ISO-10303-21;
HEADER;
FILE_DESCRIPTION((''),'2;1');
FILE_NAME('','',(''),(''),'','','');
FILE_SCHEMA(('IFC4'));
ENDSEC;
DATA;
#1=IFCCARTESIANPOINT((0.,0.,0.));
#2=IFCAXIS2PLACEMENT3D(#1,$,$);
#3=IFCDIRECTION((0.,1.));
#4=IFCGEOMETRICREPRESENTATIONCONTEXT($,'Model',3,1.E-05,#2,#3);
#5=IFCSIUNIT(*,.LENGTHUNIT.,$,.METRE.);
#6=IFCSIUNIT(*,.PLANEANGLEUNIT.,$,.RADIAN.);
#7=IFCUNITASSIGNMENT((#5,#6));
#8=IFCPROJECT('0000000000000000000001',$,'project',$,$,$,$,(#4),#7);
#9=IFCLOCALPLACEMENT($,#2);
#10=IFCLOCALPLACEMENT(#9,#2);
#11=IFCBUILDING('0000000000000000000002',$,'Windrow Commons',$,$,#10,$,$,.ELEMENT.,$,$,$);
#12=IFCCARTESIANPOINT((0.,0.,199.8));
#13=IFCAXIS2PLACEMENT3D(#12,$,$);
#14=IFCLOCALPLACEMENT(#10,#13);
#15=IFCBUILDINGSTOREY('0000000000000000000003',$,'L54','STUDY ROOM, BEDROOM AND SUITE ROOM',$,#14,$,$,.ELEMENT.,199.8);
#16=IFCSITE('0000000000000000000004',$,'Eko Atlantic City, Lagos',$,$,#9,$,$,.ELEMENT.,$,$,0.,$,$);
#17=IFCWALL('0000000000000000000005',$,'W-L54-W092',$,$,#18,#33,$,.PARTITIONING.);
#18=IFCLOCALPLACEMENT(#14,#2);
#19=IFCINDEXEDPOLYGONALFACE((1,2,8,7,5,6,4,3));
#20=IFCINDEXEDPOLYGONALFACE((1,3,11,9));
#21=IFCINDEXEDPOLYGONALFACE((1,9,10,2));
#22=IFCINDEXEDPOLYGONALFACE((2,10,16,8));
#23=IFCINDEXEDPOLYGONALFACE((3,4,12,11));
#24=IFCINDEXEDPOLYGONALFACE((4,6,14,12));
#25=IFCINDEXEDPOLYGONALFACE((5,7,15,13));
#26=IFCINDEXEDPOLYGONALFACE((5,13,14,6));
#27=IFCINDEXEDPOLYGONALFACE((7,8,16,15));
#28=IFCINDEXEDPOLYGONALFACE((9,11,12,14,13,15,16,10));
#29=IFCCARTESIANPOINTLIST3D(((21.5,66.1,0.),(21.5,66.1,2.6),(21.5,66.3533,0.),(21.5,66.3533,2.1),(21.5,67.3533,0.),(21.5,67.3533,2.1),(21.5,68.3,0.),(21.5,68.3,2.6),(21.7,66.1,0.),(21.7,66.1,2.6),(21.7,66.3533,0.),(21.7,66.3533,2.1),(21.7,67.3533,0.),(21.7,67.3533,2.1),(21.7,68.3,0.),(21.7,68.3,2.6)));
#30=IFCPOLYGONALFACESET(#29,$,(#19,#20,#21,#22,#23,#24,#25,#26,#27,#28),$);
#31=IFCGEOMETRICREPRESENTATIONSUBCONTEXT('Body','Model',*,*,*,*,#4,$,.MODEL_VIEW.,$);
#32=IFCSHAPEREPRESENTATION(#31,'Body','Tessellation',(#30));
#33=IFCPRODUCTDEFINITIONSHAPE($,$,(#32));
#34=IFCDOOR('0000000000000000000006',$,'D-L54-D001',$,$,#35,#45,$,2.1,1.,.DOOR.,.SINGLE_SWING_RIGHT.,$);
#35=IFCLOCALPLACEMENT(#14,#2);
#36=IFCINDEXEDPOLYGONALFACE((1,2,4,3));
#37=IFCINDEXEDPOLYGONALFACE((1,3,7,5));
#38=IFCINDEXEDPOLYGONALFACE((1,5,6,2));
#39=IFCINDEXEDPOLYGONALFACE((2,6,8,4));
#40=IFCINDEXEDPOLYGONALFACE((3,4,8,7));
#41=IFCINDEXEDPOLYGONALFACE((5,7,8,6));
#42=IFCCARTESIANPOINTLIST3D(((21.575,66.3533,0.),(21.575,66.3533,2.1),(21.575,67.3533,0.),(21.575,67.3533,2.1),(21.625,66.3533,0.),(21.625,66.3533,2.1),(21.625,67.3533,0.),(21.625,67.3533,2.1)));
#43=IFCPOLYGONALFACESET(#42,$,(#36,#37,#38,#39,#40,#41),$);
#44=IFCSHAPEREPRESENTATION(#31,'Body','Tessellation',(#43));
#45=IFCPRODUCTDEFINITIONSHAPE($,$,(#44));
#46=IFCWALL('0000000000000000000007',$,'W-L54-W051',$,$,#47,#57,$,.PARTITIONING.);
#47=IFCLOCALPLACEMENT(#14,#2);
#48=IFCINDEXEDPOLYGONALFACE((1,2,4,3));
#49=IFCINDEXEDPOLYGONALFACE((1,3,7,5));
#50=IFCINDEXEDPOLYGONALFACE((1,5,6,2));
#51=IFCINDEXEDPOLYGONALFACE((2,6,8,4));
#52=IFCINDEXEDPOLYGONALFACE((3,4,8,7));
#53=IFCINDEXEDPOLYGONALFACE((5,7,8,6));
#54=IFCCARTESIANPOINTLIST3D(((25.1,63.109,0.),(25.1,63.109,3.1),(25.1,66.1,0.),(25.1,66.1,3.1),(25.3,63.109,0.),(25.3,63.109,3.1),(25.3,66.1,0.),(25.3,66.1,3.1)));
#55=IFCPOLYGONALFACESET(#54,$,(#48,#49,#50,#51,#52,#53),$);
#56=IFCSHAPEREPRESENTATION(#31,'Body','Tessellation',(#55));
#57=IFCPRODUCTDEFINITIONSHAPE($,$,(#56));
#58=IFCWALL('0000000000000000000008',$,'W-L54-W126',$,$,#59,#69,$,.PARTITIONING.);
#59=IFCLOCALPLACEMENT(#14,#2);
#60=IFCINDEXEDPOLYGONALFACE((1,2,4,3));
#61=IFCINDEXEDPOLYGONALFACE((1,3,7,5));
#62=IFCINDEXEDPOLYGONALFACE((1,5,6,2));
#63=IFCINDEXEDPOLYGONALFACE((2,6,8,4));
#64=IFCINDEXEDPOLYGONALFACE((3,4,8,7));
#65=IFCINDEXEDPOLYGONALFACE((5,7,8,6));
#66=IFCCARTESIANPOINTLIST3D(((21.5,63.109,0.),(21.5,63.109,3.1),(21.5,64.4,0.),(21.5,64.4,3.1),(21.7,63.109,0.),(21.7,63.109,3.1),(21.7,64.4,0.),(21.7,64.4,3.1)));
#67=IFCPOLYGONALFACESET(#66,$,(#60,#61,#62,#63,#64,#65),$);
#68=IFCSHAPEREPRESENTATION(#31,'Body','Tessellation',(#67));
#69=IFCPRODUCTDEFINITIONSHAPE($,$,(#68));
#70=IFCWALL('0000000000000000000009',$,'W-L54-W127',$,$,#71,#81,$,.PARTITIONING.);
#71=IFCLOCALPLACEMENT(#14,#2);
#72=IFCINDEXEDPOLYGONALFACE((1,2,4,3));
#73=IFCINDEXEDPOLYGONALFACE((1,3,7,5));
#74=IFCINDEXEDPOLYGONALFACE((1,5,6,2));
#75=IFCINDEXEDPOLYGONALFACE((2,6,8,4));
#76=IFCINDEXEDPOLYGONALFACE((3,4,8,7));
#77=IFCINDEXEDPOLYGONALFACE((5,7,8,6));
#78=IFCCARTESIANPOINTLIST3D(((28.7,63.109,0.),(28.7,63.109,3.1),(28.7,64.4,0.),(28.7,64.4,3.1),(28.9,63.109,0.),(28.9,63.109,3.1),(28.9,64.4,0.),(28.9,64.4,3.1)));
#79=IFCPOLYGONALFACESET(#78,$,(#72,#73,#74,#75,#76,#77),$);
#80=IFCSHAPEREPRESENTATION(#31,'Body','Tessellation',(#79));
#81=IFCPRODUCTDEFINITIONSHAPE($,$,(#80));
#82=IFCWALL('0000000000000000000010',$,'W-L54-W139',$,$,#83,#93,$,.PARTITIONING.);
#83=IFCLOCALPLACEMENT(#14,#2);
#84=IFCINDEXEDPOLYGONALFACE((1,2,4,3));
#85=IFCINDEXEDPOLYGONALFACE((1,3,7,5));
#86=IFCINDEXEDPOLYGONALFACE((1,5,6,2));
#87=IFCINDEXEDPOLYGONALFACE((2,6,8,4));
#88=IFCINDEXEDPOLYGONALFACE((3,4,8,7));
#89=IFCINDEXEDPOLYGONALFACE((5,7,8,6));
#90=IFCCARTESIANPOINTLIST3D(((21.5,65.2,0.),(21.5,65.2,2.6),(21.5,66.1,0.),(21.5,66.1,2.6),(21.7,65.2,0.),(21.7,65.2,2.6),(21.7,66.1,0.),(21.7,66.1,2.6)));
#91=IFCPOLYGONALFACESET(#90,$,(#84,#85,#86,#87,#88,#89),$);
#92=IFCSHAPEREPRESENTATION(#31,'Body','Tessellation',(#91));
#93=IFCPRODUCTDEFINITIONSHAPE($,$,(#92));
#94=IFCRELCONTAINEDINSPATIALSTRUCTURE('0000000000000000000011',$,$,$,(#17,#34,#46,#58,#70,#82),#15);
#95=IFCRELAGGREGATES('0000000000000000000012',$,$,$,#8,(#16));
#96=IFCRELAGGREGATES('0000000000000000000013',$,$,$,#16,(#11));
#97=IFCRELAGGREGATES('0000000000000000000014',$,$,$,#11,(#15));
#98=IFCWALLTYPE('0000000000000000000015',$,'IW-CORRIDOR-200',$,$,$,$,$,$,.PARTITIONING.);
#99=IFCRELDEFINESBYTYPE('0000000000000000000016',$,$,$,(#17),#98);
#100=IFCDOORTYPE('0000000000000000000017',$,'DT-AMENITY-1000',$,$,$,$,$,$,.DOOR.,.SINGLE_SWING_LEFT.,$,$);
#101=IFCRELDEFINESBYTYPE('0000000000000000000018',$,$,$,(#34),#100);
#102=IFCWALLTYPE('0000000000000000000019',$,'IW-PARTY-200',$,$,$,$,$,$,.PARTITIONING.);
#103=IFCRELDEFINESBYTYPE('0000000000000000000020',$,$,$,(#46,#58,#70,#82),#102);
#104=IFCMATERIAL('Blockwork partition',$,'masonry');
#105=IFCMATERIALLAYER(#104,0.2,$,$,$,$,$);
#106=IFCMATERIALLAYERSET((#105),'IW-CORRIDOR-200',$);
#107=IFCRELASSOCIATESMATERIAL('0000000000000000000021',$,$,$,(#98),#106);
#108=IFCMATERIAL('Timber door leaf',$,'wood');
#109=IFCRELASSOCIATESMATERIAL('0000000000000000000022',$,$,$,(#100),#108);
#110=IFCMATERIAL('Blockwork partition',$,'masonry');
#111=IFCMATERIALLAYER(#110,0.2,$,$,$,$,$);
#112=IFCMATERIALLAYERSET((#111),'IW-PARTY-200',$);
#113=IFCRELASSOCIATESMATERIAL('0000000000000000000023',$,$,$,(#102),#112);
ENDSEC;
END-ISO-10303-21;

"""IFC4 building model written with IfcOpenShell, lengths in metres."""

from ifc_helpers import new_model, si_unit, direction, frame, frame_2d, origin, place, context, subcontext, project, spatial, rectangle, extrude, material, layer, layer_set, type_object, element, fill, save


model = new_model("IFC4")

# Units and contexts
model_context = context("Model", 3, precision=1e-05, world=origin(), true_north=direction((0.0, 1.0)))
body_context = subcontext(model_context, "Body", "Model", "MODEL_VIEW")
ifc_project = project(units=[si_unit("LENGTHUNIT", "METRE"), si_unit("PLANEANGLEUNIT", "RADIAN")], contexts=[model_context])

# Site, building, storey
site_placement = place(None, origin())
site = spatial("IfcSite", under=ifc_project, at=site_placement, Name="Eko Atlantic City, Lagos", CompositionType="ELEMENT", RefElevation=0.0)
building_placement = place(site_placement, origin())
building = spatial("IfcBuilding", under=site, at=building_placement, Name="Windrow Commons", CompositionType="ELEMENT")
storey_placement = place(building_placement, frame((0.0, 0.0, 199.8)))
storey = spatial("IfcBuildingStorey", under=building, at=storey_placement, Name="L54", Description="STUDY ROOM, BEDROOM AND SUITE ROOM", CompositionType="ELEMENT", Elevation=199.8)

# Shared definitions
ifc_material_1 = material(Name="Blockwork partition", Category="masonry")
ifc_layer_1 = layer(ifc_material_1, 0.2)
ifc_layer_set_1 = layer_set([ifc_layer_1], Name="IW-CORRIDOR-200")
wall_type_1 = type_object("IfcWallType", Name="IW-CORRIDOR-200", PredefinedType="PARTITIONING", material=ifc_layer_set_1)

# Wall, opening, door
ifc_material_2 = material(Name="Timber door leaf", Category="wood")
door_type_1 = type_object("IfcDoorType", Name="DT-AMENITY-1000", OperationType="SINGLE_SWING_LEFT", PredefinedType="DOOR", material=ifc_material_2)
wall_1_placement = place(storey_placement, frame((21.6, 66.1, 0.0), z_axis=(0.0, 0.0, 1.0), x_axis=(0.0, 1.0, 0.0)))
wall_1 = element("IfcWall", 1, at=wall_1_placement, inside=storey, type_object=wall_type_1, Name="W-L54-W092", PredefinedType="PARTITIONING", context=body_context, shape_type="SweptSolid", body=[
    extrude(rectangle(XDim=2.2, YDim=0.2, at=frame_2d((1.1, 0.0))), origin(), (0.0, 0.0, 1.0), 2.6),
])
opening_1_placement = place(wall_1_placement, frame((0.2533, 0.0, 0.0)))
opening_1 = element("IfcOpeningElement", 2, at=opening_1_placement, cuts=wall_1, PredefinedType="OPENING", context=body_context, shape_type="SweptSolid", body=[
    extrude(rectangle(XDim=1.0, YDim=2.1, at=frame_2d((0.5, 1.05))), frame((0.0, 0.11, 0.0), z_axis=(0.0, -1.0, 0.0), x_axis=(1.0, 0.0, 0.0)), (0.0, 0.0, 1.0), 0.22),
])
door_1_placement = place(opening_1_placement, origin())
door_1 = element("IfcDoor", 3, at=door_1_placement, inside=storey, type_object=door_type_1, Name="D-L54-D001", OperationType="SINGLE_SWING_RIGHT", OverallHeight=2.1, OverallWidth=1.0, PredefinedType="DOOR", context=body_context, shape_type="SweptSolid", body=[
    extrude(rectangle(XDim=1.0, YDim=2.1, at=frame_2d((0.5, 1.05))), frame((0.0, 0.025, 0.0), z_axis=(0.0, -1.0, 0.0), x_axis=(1.0, 0.0, 0.0)), (0.0, 0.0, 1.0), 0.05),
])
fill(opening_1, door_1)

# Walls
ifc_material_3 = material(Name="Blockwork partition", Category="masonry")
ifc_layer_2 = layer(ifc_material_3, 0.2)
ifc_layer_set_2 = layer_set([ifc_layer_2], Name="IW-PARTY-200")
wall_type_2 = type_object("IfcWallType", Name="IW-PARTY-200", PredefinedType="PARTITIONING", material=ifc_layer_set_2)
wall_2_placement = place(storey_placement, frame((25.2, 63.109, 0.0), z_axis=(0.0, 0.0, 1.0), x_axis=(0.0, 1.0, 0.0)))
element("IfcWall", 4, at=wall_2_placement, inside=storey, type_object=wall_type_2, Name="W-L54-W051", PredefinedType="PARTITIONING", context=body_context, shape_type="SweptSolid", body=[
    extrude(rectangle(XDim=2.991, YDim=0.2, at=frame_2d((1.4955, 0.0))), origin(), (0.0, 0.0, 1.0), 3.1),
])
for number, where, z_axis, x_axis, name in (
    (5, (21.6, 63.109, 0.0), (0.0, 0.0, 1.0), (0.0, 1.0, 0.0), "W-L54-W126"),
    (6, (28.8, 63.109, 0.0), (0.0, 0.0, 1.0), (0.0, 1.0, 0.0), "W-L54-W127"),
):
    element("IfcWall", number, at=place(storey_placement, frame(where, z_axis=z_axis, x_axis=x_axis)), inside=storey, type_object=wall_type_2, Name=name, PredefinedType="PARTITIONING", context=body_context, shape_type="SweptSolid", body=[
        extrude(rectangle(XDim=1.291, YDim=0.2, at=frame_2d((0.6455, 0.0))), origin(), (0.0, 0.0, 1.0), 3.1),
    ])
wall_3_placement = place(storey_placement, frame((21.6, 65.2, 0.0), z_axis=(0.0, 0.0, 1.0), x_axis=(0.0, 1.0, 0.0)))
element("IfcWall", 7, at=wall_3_placement, inside=storey, type_object=wall_type_2, Name="W-L54-W139", PredefinedType="PARTITIONING", context=body_context, shape_type="SweptSolid", body=[
    extrude(rectangle(XDim=0.9, YDim=0.2, at=frame_2d((0.45, 0.0))), origin(), (0.0, 0.0, 1.0), 2.6),
])

save(model, "model.ifc")
